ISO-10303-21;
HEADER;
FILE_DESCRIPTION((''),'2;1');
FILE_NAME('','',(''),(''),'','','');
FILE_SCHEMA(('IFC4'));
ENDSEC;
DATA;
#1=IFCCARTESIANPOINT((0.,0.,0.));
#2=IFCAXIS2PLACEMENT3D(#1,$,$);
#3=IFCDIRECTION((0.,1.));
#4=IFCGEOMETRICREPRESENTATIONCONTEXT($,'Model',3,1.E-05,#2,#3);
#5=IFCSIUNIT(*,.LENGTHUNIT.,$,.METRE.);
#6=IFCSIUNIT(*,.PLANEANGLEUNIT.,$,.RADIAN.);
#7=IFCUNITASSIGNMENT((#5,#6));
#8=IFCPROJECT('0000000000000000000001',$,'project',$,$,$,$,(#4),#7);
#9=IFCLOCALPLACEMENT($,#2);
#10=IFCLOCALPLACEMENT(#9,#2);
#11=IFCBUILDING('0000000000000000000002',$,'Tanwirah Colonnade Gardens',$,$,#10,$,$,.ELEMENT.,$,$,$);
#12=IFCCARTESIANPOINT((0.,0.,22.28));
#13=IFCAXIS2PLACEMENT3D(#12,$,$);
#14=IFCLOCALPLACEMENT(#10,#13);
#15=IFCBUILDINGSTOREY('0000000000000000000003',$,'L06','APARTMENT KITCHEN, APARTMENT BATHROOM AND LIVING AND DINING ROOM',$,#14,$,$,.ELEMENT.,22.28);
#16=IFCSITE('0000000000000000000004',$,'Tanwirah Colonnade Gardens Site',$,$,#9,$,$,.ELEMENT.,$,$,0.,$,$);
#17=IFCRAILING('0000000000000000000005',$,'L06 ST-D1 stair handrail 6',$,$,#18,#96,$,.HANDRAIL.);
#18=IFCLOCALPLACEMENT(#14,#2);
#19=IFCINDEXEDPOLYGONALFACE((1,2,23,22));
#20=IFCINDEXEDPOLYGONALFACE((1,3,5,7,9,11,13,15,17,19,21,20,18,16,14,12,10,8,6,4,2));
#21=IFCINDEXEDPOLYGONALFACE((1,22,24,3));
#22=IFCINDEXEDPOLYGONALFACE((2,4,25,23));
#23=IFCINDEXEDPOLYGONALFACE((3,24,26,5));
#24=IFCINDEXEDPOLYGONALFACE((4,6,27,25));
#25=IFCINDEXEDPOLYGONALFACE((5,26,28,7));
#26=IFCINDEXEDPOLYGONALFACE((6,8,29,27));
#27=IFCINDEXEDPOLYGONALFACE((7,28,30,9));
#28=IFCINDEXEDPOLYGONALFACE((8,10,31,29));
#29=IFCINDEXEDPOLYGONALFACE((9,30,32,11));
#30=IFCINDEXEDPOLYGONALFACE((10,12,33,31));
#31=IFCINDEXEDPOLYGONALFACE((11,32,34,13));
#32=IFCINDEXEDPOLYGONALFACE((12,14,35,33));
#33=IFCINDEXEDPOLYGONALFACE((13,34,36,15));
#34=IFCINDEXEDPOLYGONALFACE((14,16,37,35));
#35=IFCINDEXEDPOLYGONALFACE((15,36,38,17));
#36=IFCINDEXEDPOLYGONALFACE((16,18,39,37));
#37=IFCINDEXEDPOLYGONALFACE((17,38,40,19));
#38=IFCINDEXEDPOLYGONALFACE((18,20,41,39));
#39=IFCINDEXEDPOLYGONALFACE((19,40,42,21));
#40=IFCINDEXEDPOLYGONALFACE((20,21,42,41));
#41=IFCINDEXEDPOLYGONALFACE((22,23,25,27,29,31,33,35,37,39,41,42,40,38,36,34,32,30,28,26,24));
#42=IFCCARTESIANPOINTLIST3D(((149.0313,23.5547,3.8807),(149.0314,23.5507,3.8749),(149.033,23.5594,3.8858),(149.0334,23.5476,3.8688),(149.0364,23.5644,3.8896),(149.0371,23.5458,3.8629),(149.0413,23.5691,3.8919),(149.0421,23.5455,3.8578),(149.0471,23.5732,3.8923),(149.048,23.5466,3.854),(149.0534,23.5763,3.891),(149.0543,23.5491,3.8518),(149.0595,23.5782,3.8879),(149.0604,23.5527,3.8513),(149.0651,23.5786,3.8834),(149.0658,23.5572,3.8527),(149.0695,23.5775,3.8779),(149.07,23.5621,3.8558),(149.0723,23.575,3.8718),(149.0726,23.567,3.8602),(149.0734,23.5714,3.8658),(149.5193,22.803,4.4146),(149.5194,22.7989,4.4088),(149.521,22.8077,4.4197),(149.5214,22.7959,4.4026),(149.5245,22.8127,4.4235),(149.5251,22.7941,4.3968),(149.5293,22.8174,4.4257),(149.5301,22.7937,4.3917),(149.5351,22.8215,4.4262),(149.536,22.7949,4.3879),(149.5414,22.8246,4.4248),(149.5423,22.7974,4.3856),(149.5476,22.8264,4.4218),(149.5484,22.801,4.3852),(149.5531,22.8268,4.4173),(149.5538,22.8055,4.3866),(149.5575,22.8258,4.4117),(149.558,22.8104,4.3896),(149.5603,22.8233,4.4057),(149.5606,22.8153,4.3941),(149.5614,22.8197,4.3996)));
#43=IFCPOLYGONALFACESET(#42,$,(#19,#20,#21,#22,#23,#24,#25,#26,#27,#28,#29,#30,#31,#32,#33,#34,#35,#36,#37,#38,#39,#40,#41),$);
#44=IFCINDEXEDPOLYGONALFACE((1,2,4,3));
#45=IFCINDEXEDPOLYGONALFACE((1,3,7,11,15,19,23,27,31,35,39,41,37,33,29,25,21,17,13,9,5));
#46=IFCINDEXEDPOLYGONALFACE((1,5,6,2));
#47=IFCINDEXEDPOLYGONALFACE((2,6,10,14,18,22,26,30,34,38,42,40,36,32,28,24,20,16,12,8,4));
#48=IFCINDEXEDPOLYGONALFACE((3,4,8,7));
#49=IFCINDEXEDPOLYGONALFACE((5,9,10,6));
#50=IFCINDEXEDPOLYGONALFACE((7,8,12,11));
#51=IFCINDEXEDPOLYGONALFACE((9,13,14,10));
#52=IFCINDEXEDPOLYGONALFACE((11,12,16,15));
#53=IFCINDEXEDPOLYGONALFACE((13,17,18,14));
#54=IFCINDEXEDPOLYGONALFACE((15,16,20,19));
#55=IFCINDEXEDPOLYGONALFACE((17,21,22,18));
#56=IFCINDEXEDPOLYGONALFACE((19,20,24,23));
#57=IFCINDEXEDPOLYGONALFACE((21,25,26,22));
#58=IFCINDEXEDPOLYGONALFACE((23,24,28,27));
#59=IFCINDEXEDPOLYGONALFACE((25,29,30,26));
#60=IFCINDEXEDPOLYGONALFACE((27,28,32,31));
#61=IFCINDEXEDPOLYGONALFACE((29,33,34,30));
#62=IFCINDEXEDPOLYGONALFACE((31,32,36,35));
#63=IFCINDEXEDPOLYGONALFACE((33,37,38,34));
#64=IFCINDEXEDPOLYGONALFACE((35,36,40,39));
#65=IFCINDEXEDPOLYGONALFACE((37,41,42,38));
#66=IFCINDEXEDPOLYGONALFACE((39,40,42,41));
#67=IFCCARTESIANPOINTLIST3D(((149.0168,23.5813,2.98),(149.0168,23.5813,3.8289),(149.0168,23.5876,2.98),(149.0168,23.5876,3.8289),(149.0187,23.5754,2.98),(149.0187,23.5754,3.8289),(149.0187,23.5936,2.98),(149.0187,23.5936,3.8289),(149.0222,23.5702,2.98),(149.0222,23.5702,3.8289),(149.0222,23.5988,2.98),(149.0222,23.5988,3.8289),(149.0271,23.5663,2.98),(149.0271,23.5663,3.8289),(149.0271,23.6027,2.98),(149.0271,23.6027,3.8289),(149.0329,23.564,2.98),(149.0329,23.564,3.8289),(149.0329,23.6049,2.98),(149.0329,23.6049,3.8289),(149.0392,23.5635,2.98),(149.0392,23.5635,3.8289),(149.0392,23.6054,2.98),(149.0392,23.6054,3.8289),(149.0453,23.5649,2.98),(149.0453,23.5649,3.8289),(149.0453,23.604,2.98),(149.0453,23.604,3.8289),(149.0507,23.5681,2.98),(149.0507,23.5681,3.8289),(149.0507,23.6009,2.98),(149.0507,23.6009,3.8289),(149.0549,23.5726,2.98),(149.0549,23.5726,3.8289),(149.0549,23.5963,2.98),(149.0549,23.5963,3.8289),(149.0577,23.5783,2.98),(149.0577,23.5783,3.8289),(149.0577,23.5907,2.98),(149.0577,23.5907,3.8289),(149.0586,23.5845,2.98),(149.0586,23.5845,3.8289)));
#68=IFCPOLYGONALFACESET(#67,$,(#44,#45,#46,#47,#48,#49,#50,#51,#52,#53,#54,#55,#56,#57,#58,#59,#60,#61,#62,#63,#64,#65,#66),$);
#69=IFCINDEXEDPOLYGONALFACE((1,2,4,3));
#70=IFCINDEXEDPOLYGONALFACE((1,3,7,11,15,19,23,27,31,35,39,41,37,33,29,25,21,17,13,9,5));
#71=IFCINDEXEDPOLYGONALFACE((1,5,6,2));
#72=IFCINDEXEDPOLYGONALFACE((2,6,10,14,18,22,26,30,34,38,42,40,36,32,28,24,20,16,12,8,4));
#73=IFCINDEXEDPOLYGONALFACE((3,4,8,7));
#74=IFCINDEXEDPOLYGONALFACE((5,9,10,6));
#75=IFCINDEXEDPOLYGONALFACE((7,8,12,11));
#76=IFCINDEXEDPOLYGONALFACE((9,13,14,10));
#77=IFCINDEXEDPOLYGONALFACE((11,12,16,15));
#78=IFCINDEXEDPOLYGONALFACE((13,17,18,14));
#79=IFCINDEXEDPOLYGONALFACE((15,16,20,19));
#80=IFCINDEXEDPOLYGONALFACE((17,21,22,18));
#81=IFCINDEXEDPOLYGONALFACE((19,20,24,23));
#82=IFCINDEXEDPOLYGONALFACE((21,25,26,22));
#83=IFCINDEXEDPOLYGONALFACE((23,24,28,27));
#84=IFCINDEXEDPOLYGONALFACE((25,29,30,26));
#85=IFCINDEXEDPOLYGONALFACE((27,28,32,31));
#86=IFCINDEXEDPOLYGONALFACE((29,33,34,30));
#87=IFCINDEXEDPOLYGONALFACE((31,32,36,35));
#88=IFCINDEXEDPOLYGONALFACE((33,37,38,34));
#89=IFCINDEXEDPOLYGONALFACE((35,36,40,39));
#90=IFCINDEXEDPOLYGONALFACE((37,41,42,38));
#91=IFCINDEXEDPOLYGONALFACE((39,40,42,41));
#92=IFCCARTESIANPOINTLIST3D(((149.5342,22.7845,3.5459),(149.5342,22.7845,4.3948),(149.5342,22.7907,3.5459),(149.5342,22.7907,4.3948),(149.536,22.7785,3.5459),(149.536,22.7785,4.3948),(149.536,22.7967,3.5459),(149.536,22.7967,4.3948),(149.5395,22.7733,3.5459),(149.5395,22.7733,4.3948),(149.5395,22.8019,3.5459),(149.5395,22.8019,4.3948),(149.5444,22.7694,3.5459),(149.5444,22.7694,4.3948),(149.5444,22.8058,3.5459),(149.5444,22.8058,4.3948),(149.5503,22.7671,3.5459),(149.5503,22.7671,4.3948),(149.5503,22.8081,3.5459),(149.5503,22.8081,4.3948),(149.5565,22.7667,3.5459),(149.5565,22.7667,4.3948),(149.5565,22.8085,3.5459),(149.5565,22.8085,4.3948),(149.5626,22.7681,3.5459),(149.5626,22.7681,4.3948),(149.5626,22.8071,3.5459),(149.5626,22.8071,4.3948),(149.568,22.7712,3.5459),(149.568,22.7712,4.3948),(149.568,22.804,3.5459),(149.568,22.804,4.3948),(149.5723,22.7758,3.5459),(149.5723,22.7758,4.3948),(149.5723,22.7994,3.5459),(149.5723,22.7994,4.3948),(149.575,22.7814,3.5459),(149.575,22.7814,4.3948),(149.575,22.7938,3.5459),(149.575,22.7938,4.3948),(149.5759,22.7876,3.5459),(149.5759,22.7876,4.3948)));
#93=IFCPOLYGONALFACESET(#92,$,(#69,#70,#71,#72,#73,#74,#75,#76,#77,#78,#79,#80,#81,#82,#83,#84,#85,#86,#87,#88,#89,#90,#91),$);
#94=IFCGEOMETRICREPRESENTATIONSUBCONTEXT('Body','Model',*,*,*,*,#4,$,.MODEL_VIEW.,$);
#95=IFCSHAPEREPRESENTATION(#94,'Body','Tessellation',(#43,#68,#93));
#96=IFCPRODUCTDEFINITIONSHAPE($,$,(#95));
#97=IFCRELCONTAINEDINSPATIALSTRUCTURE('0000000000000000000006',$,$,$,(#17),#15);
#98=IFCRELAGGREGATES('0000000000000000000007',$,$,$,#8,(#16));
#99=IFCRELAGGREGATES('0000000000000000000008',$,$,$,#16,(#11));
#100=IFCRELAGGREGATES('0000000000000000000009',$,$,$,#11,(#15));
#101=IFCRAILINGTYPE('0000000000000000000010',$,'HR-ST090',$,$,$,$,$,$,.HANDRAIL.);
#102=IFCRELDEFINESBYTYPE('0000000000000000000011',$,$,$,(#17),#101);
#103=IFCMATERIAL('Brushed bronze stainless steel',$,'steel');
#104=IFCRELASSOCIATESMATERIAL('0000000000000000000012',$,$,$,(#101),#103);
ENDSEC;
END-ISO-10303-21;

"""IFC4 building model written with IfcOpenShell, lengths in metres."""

from ifc_helpers import new_model, si_unit, direction, frame, origin, origin_2d, place, context, subcontext, project, spatial, circle, extrude, material, type_object, element, save


model = new_model("IFC4")

# Units and contexts
model_context = context("Model", 3, precision=1e-05, world=origin(), true_north=direction((0.0, 1.0)))
body_context = subcontext(model_context, "Body", "Model", "MODEL_VIEW")
ifc_project = project(units=[si_unit("LENGTHUNIT", "METRE"), si_unit("PLANEANGLEUNIT", "RADIAN")], contexts=[model_context])

# Site, building, storey
site_placement = place(None, origin())
site = spatial("IfcSite", under=ifc_project, at=site_placement, Name="Tanwirah Colonnade Gardens Site", CompositionType="ELEMENT", RefElevation=0.0)
building_placement = place(site_placement, origin())
building = spatial("IfcBuilding", under=site, at=building_placement, Name="Tanwirah Colonnade Gardens", CompositionType="ELEMENT")
storey_placement = place(building_placement, frame((0.0, 0.0, 22.28)))
storey = spatial("IfcBuildingStorey", under=building, at=storey_placement, Name="L06", Description="APARTMENT KITCHEN, APARTMENT BATHROOM AND LIVING AND DINING ROOM", CompositionType="ELEMENT", Elevation=22.28)

# Railing
ifc_material_1 = material(Name="Brushed bronze stainless steel", Category="steel")
railing_type_1 = type_object("IfcRailingType", Name="HR-ST090", PredefinedType="HANDRAIL", material=ifc_material_1)
railing_1_placement = place(storey_placement, frame((149.0376, 23.5845, 2.98)))
element("IfcRailing", 1, at=railing_1_placement, inside=storey, type_object=railing_type_1, Name="L06 ST-D1 stair handrail 6", PredefinedType="HANDRAIL", context=body_context, shape_type="SweptSolid", body=[
    extrude(circle(Radius=0.0239, at=origin_2d()), frame((0.0146, -0.0225, 0.8918), z_axis=(0.467815, -0.720599, 0.511749), x_axis=(0.838749, 0.544519, 0.0)), (0.0, 0.0, 1.0), 1.0432),
    extrude(circle(Radius=0.021, at=origin_2d()), origin(), (0.0, 0.0, 1.0), 0.8489),
    extrude(circle(Radius=0.021, at=origin_2d()), frame((0.5173, -0.7969, 0.5659)), (0.0, 0.0, 1.0), 0.8489),
])

save(model, "model.ifc")
